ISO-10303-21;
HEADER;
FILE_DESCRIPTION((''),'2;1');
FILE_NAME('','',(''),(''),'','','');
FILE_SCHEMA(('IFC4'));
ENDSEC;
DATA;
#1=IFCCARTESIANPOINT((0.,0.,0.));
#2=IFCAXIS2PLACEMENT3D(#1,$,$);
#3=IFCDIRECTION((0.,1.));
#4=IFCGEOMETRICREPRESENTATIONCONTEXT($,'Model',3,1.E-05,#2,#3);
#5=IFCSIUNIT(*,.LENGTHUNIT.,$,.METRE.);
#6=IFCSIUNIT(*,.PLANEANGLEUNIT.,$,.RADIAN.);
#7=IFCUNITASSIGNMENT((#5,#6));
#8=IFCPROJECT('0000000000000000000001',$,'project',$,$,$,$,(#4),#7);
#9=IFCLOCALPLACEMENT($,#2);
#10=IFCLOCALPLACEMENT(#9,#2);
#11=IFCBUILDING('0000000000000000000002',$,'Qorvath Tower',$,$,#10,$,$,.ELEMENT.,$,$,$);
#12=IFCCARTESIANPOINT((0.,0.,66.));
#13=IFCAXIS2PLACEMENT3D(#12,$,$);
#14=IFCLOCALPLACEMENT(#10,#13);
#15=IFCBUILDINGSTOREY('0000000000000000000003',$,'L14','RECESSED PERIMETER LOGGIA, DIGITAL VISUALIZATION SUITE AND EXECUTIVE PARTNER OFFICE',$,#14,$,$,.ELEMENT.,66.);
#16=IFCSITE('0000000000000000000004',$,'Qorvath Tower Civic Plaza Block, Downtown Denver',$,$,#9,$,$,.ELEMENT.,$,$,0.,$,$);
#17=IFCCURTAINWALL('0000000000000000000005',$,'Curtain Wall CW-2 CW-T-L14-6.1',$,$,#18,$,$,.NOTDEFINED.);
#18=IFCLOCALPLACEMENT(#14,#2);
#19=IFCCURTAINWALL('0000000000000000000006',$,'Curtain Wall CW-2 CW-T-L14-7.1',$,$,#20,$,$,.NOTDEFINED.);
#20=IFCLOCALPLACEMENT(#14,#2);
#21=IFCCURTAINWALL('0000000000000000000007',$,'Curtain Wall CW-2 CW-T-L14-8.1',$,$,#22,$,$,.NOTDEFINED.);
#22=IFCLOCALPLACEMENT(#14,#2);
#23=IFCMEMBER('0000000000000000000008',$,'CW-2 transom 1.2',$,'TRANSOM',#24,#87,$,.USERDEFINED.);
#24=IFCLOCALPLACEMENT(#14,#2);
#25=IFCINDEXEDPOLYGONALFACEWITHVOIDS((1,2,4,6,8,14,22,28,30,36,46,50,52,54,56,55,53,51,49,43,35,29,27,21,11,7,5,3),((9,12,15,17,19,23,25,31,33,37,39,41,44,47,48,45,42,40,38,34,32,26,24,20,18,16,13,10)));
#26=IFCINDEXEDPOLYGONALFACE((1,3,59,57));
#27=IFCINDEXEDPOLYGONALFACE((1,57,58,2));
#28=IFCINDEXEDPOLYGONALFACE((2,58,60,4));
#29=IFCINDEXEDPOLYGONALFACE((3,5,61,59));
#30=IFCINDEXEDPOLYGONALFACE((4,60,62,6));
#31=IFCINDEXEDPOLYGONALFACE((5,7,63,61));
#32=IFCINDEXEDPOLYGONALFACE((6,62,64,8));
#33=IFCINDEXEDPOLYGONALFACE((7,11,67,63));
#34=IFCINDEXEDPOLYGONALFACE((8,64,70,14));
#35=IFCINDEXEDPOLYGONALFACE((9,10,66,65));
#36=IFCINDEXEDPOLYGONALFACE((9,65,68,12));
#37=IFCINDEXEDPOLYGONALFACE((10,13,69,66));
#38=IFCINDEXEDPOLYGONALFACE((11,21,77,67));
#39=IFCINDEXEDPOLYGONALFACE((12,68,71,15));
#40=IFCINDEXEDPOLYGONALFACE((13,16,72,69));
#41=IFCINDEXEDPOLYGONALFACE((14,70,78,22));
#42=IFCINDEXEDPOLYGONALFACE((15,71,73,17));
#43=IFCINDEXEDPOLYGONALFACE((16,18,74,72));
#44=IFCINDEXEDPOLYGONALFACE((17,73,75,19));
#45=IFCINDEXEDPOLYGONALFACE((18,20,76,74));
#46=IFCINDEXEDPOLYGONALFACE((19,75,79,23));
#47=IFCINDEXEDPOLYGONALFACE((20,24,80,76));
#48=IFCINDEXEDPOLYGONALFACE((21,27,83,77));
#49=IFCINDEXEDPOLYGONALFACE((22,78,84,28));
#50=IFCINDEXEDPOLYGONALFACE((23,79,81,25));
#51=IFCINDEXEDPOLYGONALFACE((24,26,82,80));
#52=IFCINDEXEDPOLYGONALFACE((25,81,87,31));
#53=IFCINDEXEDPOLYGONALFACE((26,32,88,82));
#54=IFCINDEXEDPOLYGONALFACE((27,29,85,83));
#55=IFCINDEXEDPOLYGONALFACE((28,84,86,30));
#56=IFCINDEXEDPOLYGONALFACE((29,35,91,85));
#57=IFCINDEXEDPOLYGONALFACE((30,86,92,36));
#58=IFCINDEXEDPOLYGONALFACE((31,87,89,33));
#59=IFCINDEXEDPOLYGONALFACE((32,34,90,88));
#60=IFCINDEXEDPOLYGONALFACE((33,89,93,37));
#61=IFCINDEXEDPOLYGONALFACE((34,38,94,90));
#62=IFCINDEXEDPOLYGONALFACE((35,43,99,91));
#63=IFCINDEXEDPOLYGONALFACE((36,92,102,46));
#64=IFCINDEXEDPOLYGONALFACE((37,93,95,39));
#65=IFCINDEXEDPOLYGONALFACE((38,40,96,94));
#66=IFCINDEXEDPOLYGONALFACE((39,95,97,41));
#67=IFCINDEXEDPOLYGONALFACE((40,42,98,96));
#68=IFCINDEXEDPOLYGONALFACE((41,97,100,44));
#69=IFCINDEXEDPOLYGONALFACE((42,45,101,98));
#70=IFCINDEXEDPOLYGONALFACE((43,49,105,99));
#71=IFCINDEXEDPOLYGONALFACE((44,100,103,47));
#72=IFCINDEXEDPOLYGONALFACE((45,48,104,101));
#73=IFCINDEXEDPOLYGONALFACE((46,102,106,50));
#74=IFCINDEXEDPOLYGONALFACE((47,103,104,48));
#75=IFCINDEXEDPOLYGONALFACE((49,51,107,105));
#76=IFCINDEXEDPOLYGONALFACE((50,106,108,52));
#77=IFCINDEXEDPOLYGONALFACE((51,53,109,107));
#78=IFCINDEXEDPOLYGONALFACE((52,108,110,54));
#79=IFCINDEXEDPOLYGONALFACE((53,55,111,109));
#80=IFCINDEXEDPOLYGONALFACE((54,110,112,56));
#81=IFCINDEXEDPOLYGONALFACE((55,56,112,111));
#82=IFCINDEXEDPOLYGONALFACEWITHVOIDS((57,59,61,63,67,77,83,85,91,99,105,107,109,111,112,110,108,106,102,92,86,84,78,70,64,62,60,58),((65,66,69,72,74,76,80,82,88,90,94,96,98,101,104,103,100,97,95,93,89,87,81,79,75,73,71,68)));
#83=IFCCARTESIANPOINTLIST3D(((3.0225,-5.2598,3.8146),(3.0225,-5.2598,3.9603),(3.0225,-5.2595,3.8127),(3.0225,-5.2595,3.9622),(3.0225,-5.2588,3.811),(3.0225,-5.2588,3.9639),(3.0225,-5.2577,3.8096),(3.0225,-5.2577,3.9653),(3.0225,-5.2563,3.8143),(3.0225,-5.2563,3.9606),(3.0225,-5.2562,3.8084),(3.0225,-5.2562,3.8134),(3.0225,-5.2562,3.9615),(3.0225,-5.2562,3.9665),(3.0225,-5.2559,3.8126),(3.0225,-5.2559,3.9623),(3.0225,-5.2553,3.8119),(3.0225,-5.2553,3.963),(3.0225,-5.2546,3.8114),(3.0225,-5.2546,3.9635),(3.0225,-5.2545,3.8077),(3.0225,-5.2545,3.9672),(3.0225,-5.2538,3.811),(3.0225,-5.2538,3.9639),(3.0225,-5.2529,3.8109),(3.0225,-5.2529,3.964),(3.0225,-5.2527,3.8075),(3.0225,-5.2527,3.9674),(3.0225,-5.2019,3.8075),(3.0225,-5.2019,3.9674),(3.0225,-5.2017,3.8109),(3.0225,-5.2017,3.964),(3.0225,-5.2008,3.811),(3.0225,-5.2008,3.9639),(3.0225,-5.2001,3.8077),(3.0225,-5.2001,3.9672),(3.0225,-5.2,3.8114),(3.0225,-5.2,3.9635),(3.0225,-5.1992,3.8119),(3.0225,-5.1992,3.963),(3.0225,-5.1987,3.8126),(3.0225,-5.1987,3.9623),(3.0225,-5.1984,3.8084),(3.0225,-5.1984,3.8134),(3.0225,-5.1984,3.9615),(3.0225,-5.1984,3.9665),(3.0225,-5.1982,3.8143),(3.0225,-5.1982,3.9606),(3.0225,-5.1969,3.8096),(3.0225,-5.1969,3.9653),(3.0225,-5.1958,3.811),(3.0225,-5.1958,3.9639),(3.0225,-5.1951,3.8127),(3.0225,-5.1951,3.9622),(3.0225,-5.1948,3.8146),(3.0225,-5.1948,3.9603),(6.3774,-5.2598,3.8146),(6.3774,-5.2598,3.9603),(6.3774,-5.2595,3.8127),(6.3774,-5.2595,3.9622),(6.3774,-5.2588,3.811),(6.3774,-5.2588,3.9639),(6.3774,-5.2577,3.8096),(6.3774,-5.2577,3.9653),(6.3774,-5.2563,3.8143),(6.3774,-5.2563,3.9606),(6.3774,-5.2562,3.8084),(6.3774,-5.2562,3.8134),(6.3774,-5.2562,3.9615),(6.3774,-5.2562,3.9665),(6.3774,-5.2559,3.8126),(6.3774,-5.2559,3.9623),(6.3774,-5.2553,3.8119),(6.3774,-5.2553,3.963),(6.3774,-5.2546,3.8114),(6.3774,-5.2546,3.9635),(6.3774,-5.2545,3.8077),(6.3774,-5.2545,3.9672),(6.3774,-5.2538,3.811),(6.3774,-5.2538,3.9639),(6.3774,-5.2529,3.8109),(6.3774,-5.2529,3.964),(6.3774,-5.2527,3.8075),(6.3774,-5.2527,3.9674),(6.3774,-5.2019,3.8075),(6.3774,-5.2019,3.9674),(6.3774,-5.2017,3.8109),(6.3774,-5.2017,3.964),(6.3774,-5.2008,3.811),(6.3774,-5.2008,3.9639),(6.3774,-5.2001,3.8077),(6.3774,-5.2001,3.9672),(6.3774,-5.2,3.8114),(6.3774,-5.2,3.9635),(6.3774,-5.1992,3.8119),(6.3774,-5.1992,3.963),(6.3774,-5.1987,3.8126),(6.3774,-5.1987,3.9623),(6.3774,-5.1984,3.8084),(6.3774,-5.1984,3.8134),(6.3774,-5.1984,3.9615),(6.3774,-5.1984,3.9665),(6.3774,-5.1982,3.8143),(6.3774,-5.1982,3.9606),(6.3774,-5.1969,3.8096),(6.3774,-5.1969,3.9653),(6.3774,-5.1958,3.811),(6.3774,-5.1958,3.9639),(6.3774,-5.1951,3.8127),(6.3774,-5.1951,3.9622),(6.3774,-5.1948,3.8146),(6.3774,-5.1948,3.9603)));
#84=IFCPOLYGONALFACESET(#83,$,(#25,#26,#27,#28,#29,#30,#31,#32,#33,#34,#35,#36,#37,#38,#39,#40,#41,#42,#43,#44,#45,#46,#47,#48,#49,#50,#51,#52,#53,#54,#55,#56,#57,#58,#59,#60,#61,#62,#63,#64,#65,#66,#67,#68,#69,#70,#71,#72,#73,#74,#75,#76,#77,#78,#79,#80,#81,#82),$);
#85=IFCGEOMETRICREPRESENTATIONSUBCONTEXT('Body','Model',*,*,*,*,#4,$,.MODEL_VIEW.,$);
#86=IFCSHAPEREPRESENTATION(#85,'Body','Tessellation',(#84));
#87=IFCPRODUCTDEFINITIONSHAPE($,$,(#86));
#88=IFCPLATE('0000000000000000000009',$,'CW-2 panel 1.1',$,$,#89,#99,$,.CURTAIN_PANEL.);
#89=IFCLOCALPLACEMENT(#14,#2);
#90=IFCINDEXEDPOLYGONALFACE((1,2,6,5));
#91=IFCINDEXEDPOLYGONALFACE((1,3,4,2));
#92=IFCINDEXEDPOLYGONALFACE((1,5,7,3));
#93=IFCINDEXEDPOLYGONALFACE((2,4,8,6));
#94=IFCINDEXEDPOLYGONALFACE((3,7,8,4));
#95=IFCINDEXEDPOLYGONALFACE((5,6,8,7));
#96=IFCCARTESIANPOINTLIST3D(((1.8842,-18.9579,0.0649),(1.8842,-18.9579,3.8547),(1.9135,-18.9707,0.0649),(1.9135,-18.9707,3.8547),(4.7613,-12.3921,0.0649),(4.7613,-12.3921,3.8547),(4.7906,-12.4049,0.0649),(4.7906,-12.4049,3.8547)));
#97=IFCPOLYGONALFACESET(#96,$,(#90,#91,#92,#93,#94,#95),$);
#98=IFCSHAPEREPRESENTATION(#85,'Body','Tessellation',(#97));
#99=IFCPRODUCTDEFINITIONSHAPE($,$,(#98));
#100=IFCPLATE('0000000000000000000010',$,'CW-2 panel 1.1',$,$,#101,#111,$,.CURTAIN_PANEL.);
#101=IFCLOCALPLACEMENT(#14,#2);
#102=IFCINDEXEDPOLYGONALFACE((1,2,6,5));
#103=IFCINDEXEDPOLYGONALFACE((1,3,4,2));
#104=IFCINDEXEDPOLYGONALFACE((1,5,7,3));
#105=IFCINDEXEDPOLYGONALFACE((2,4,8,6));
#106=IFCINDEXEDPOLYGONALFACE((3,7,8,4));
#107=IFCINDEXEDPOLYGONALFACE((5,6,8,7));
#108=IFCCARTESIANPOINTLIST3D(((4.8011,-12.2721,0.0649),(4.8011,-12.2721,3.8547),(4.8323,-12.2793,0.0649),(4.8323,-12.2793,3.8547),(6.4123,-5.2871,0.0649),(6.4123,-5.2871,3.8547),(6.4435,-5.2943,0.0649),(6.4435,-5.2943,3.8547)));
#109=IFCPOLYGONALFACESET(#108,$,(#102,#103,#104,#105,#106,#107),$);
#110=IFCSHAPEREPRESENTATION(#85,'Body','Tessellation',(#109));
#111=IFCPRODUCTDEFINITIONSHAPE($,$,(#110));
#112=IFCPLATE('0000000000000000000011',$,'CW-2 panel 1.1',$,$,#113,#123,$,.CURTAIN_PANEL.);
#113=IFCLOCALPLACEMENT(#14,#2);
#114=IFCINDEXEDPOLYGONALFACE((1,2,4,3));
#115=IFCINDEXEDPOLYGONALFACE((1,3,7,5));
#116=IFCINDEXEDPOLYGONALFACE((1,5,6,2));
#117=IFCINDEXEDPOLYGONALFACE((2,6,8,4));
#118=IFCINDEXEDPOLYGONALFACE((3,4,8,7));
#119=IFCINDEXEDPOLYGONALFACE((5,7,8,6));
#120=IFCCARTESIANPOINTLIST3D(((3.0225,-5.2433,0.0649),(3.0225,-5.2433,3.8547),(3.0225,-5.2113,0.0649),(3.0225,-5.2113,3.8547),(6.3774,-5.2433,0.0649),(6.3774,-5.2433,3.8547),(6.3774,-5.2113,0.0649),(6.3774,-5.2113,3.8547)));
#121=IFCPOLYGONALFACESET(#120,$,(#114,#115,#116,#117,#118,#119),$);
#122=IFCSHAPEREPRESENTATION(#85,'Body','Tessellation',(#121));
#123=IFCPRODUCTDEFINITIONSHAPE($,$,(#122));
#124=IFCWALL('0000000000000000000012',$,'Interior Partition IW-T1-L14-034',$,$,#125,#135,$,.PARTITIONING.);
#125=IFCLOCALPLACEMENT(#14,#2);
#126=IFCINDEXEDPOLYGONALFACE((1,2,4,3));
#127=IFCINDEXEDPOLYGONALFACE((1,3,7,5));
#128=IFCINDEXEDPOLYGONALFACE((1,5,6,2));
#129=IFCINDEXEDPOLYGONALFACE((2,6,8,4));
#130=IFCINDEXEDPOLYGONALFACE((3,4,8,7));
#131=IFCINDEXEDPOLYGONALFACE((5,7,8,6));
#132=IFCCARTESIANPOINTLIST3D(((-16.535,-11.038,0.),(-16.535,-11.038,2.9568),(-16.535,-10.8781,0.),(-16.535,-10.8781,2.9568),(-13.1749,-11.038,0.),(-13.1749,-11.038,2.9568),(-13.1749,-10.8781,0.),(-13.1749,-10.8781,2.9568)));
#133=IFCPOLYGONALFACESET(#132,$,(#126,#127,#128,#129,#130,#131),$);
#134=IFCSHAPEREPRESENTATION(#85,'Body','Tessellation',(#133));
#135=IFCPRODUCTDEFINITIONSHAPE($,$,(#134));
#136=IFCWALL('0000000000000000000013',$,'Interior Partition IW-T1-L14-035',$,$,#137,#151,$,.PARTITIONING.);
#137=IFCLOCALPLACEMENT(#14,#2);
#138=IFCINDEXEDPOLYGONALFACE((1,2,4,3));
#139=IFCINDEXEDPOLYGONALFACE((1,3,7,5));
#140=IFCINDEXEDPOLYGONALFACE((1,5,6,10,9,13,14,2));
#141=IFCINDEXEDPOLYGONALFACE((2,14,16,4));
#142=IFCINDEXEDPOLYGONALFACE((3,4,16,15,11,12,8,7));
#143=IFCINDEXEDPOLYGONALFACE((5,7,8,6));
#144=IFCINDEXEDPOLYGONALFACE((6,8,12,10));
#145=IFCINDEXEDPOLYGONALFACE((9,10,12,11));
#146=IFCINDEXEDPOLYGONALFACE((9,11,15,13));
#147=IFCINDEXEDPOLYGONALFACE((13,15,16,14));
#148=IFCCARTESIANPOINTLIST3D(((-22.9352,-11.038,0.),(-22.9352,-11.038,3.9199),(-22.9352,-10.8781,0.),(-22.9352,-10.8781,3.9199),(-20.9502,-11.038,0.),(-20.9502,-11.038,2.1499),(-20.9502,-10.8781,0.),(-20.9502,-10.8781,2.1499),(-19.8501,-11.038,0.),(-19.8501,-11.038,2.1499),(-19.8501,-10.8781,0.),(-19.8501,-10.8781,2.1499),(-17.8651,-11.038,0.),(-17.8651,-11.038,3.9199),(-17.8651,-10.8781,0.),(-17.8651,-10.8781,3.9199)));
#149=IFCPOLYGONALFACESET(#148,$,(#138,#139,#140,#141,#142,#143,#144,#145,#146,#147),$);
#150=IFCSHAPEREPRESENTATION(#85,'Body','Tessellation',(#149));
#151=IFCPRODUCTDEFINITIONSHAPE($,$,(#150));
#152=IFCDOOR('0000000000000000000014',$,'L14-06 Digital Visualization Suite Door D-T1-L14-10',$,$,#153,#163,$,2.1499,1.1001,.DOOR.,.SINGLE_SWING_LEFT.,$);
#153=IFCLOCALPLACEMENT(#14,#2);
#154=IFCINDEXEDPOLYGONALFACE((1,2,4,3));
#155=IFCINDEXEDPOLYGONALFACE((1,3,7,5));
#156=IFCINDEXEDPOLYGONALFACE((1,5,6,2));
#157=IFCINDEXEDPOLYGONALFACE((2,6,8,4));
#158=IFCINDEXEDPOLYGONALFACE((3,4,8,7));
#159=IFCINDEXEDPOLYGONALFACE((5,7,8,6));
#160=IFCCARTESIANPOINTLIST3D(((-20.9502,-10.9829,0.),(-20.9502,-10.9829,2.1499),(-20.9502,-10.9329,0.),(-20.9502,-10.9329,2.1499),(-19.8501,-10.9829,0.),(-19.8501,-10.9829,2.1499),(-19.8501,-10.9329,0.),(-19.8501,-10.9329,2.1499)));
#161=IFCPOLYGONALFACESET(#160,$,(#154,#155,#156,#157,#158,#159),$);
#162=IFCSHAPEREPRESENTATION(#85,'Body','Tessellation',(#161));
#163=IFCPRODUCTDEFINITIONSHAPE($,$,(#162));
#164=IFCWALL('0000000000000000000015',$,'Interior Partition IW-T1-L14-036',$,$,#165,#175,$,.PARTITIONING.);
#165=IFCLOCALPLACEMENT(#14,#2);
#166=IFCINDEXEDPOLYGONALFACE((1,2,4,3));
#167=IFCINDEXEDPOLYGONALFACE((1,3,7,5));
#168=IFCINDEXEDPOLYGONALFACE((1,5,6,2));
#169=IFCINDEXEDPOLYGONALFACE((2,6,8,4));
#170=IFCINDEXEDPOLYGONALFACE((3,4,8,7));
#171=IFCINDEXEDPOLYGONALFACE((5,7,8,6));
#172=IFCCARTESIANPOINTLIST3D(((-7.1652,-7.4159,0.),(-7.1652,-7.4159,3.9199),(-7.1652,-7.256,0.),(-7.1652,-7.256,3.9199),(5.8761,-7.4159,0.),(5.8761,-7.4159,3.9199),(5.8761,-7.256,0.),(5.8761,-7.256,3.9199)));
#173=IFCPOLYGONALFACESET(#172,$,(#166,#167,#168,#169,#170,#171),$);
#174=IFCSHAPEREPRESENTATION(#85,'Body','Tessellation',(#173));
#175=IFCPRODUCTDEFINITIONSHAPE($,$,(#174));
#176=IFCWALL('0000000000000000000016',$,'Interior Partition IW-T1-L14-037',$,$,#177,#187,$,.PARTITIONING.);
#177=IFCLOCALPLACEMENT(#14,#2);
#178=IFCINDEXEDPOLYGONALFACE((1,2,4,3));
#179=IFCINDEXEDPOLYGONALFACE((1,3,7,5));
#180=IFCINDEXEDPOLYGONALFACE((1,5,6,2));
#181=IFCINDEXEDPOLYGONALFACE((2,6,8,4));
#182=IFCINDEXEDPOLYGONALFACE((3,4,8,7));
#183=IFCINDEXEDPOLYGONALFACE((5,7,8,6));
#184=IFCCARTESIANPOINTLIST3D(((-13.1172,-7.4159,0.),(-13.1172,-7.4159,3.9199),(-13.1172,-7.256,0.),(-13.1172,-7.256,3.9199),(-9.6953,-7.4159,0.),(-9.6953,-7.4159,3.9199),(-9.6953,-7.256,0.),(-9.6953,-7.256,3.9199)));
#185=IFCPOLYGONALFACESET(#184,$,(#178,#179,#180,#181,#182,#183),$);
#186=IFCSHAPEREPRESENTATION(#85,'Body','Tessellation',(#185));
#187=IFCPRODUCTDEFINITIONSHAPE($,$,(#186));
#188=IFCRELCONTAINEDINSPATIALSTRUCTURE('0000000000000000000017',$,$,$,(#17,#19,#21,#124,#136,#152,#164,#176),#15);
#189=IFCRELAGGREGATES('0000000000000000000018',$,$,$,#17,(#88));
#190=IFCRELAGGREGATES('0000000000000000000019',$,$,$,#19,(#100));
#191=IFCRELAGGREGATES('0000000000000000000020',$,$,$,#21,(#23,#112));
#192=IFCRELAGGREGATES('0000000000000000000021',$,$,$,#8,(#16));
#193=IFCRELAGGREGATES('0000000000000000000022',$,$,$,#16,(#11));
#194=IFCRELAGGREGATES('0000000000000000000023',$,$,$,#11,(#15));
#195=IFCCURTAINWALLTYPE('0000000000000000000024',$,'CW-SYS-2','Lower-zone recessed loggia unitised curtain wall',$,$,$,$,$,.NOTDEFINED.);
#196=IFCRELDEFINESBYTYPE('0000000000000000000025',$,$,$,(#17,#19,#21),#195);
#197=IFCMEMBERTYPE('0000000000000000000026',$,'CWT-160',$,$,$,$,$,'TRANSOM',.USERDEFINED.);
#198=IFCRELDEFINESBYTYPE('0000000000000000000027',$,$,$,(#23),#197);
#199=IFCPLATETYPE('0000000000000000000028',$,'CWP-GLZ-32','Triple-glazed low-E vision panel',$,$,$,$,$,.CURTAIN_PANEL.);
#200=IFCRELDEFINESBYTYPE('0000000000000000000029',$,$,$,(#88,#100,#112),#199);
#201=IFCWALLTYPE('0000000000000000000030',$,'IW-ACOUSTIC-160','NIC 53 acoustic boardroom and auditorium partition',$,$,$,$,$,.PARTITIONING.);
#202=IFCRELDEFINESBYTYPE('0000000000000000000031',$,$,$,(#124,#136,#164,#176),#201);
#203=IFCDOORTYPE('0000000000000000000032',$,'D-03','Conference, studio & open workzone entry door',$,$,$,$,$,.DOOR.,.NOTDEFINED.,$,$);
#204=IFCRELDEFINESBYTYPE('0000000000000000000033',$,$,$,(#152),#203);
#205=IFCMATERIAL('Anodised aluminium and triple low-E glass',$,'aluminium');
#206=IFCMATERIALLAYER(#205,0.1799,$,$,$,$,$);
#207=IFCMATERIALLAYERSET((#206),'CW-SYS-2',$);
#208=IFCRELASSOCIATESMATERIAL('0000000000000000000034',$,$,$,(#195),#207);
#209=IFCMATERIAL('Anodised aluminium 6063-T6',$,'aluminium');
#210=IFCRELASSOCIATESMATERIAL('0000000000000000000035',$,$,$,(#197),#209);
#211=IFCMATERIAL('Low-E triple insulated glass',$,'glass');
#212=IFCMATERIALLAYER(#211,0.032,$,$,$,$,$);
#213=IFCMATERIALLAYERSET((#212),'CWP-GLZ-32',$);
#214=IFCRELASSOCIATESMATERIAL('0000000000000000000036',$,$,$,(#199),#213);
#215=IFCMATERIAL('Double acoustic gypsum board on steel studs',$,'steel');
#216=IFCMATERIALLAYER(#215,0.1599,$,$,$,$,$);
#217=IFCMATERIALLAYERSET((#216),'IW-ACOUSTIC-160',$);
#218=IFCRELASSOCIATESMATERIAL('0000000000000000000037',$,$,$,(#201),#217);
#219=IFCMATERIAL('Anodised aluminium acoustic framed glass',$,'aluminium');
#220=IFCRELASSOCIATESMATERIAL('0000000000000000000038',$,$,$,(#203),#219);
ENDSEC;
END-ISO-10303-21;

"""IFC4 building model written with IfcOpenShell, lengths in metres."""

from ifc_helpers import new_model, si_unit, direction, frame, frame_2d, origin, origin_2d, place, context, subcontext, project, spatial, rectangle, hollow_rectangle, extrude, material, layer, layer_set, material_profile, profile_set, type_object, element, fill, aggregate, save


model = new_model("IFC4")

# Units and contexts
model_context = context("Model", 3, precision=1e-05, world=origin(), true_north=direction((0.0, 1.0)))
body_context = subcontext(model_context, "Body", "Model", "MODEL_VIEW")
ifc_project = project(units=[si_unit("LENGTHUNIT", "METRE"), si_unit("PLANEANGLEUNIT", "RADIAN")], contexts=[model_context])

# Site, building, storey
site_placement = place(None, origin())
site = spatial("IfcSite", under=ifc_project, at=site_placement, Name="Qorvath Tower Civic Plaza Block, Downtown Denver", CompositionType="ELEMENT", RefElevation=0.0)
building_placement = place(site_placement, origin())
building = spatial("IfcBuilding", under=site, at=building_placement, Name="Qorvath Tower", CompositionType="ELEMENT")
storey_placement = place(building_placement, frame((0.0, 0.0, 66.0)))
storey = spatial("IfcBuildingStorey", under=building, at=storey_placement, Name="L14", Description="RECESSED PERIMETER LOGGIA, DIGITAL VISUALIZATION SUITE AND EXECUTIVE PARTNER OFFICE", CompositionType="ELEMENT", Elevation=66.0)

# Curtain wall
ifc_material_1 = material(Name="Anodised aluminium and triple low-E glass", Category="aluminium")
ifc_layer_1 = layer(ifc_material_1, 0.1799)
ifc_layer_set_1 = layer_set([ifc_layer_1], Name="CW-SYS-2")
curtain_wall_type = type_object("IfcCurtainWallType", Name="CW-SYS-2", Description="Lower-zone recessed loggia unitised curtain wall", PredefinedType="NOTDEFINED", material=ifc_layer_set_1)
curtain_wall_1_placement = place(storey_placement, origin())
curtain_wall_1 = element("IfcCurtainWall", 1, at=curtain_wall_1_placement, inside=storey, type_object=curtain_wall_type, Name="Curtain Wall CW-2 CW-T-L14-6.1", PredefinedType="NOTDEFINED")

# Curtain walls
curtain_wall_2_placement = place(storey_placement, origin())
curtain_wall_2 = element("IfcCurtainWall", 2, at=curtain_wall_2_placement, inside=storey, type_object=curtain_wall_type, Name="Curtain Wall CW-2 CW-T-L14-7.1", PredefinedType="NOTDEFINED")
curtain_wall_3_placement = place(storey_placement, origin())
curtain_wall_3 = element("IfcCurtainWall", 3, at=curtain_wall_3_placement, inside=storey, type_object=curtain_wall_type, Name="Curtain Wall CW-2 CW-T-L14-8.1", PredefinedType="NOTDEFINED")

# Member
ifc_material_2 = material(Name="Anodised aluminium 6063-T6", Category="aluminium")
ifc_material_profile_1 = material_profile(ifc_material_2, hollow_rectangle(XDim=0.0649, YDim=0.1599, WallThickness=0.0034, InnerFilletRadius=0.0034, OuterFilletRadius=0.0071, at=origin_2d()), Name="CWT 160x65")
ifc_profile_set_1 = profile_set([ifc_material_profile_1], Name="Anodised aluminium 6063-T6")
member_type_1 = type_object("IfcMemberType", Name="CWT-160", ElementType="TRANSOM", PredefinedType="USERDEFINED", material=ifc_profile_set_1)
member_1_placement = place(storey_placement, frame((6.3774, -5.2273, 3.8875), z_axis=(-1.0, 0.0, 0.0), x_axis=(0.0, -1.0, 0.0)))
member_1 = element("IfcMember", 4, at=member_1_placement, type_object=member_type_1, Name="CW-2 transom 1.2", ObjectType="TRANSOM", PredefinedType="USERDEFINED", context=body_context, shape_type="SweptSolid", body=[
    extrude(hollow_rectangle(XDim=0.0649, YDim=0.1599, WallThickness=0.0034, InnerFilletRadius=0.0034, OuterFilletRadius=0.0071, at=origin_2d()), origin(), (0.0, 0.0, 1.0), 3.355),
])

# Plates
ifc_material_3 = material(Name="Low-E triple insulated glass", Category="glass")
ifc_layer_2 = layer(ifc_material_3, 0.032)
ifc_layer_set_2 = layer_set([ifc_layer_2], Name="CWP-GLZ-32")
plate_type = type_object("IfcPlateType", Name="CWP-GLZ-32", Description="Triple-glazed low-E vision panel", PredefinedType="CURTAIN_PANEL", material=ifc_layer_set_2)
plate_1_placement = place(storey_placement, frame((3.3374, -15.6814, 0.0649), z_axis=(0.0, 0.0, 1.0), x_axis=(0.401348, 0.915926, 0.0)))
plate_1 = element("IfcPlate", 5, at=plate_1_placement, type_object=plate_type, Name="CW-2 panel 1.1", PredefinedType="CURTAIN_PANEL", context=body_context, shape_type="SweptSolid", body=[
    extrude(rectangle(XDim=7.1685, YDim=0.032, at=origin_2d()), origin(), (0.0, 0.0, 1.0), 3.7898),
])
aggregate(curtain_wall_1, [plate_1])
plate_2_placement = place(storey_placement, frame((5.6223, -8.7832, 0.0649), z_axis=(0.0, 0.0, 1.0), x_axis=(0.224763, 0.974413, 0.0)))
plate_2 = element("IfcPlate", 6, at=plate_2_placement, type_object=plate_type, Name="CW-2 panel 1.1", PredefinedType="CURTAIN_PANEL", context=body_context, shape_type="SweptSolid", body=[
    extrude(rectangle(XDim=7.1685, YDim=0.032, at=origin_2d()), origin(), (0.0, 0.0, 1.0), 3.7898),
])
aggregate(curtain_wall_2, [plate_2])
plate_3_placement = place(storey_placement, frame((4.7, -5.2273, 0.0649), z_axis=(0.0, 0.0, 1.0), x_axis=(-1.0, 0.0, 0.0)))
plate_3 = element("IfcPlate", 7, at=plate_3_placement, type_object=plate_type, Name="CW-2 panel 1.1", PredefinedType="CURTAIN_PANEL", context=body_context, shape_type="SweptSolid", body=[
    extrude(rectangle(XDim=3.355, YDim=0.032, at=origin_2d()), origin(), (0.0, 0.0, 1.0), 3.7898),
])
aggregate(curtain_wall_3, [member_1, plate_3])

# Wall
ifc_material_4 = material(Name="Double acoustic gypsum board on steel studs", Category="steel")
ifc_layer_3 = layer(ifc_material_4, 0.1599)
ifc_layer_set_3 = layer_set([ifc_layer_3], Name="IW-ACOUSTIC-160")
wall_type_1 = type_object("IfcWallType", Name="IW-ACOUSTIC-160", Description="NIC 53 acoustic boardroom and auditorium partition", PredefinedType="PARTITIONING", material=ifc_layer_set_3)
wall_1_placement = place(storey_placement, frame((-13.1748, -10.958, 0.0), z_axis=(0.0, 0.0, 1.0), x_axis=(-1.0, 0.0, 0.0)))
element("IfcWall", 8, at=wall_1_placement, inside=storey, type_object=wall_type_1, Name="Interior Partition IW-T1-L14-034", PredefinedType="PARTITIONING", context=body_context, shape_type="SweptSolid", body=[
    extrude(rectangle(XDim=3.3601, YDim=0.1599, at=frame_2d((1.6802, 0.0))), origin(), (0.0, 0.0, 1.0), 2.9568),
])

# Wall, opening, door
wall_2_placement = place(storey_placement, frame((-17.865, -10.958, 0.0), z_axis=(0.0, 0.0, 1.0), x_axis=(-1.0, 0.0, 0.0)))
wall_2 = element("IfcWall", 9, at=wall_2_placement, inside=storey, type_object=wall_type_1, Name="Interior Partition IW-T1-L14-035", PredefinedType="PARTITIONING", context=body_context, shape_type="SweptSolid", body=[
    extrude(rectangle(XDim=5.0701, YDim=0.1599, at=frame_2d((2.5352, 0.0))), origin(), (0.0, 0.0, 1.0), 3.9199),
])
opening_1_placement = place(wall_2_placement, frame((1.9851, 0.0, 0.0)))
opening_1 = element("IfcOpeningElement", 10, at=opening_1_placement, cuts=wall_2, PredefinedType="OPENING", context=body_context, shape_type="SweptSolid", body=[
    extrude(rectangle(XDim=1.1001, YDim=2.1499, at=frame_2d((0.55, 1.075))), frame((0.0, 0.0898, 0.0), z_axis=(0.0, -1.0, 0.0), x_axis=(1.0, 0.0, 0.0)), (0.0, 0.0, 1.0), 0.1799),
])
ifc_material_5 = material(Name="Anodised aluminium acoustic framed glass", Category="aluminium")
door_type = type_object("IfcDoorType", Name="D-03", Description="Conference, studio & open workzone entry door", OperationType="NOTDEFINED", PredefinedType="DOOR", material=ifc_material_5)
door_1_placement = place(opening_1_placement, origin())
door_1 = element("IfcDoor", 11, at=door_1_placement, inside=storey, type_object=door_type, Name="L14-06 Digital Visualization Suite Door D-T1-L14-10", OperationType="SINGLE_SWING_LEFT", OverallHeight=2.1499, OverallWidth=1.1001, PredefinedType="DOOR", context=body_context, shape_type="SweptSolid", body=[
    extrude(rectangle(XDim=1.1001, YDim=2.1499, at=frame_2d((0.55, 1.075))), frame((0.0, 0.0249, 0.0), z_axis=(0.0, -1.0, 0.0), x_axis=(1.0, 0.0, 0.0)), (0.0, 0.0, 1.0), 0.05),
])
fill(opening_1, door_1)

# Walls
wall_3_placement = place(storey_placement, frame((5.876, -7.3359, 0.0), z_axis=(0.0, 0.0, 1.0), x_axis=(-1.0, 0.0, 0.0)))
element("IfcWall", 12, at=wall_3_placement, inside=storey, type_object=wall_type_1, Name="Interior Partition IW-T1-L14-036", PredefinedType="PARTITIONING", context=body_context, shape_type="SweptSolid", body=[
    extrude(rectangle(XDim=13.0413, YDim=0.1599, at=frame_2d((6.5205, 0.0))), origin(), (0.0, 0.0, 1.0), 3.9199),
])
wall_4_placement = place(storey_placement, frame((-9.6953, -7.3359, 0.0), z_axis=(0.0, 0.0, 1.0), x_axis=(-1.0, 0.0, 0.0)))
element("IfcWall", 13, at=wall_4_placement, inside=storey, type_object=wall_type_1, Name="Interior Partition IW-T1-L14-037", PredefinedType="PARTITIONING", context=body_context, shape_type="SweptSolid", body=[
    extrude(rectangle(XDim=3.4219, YDim=0.1599, at=frame_2d((1.7109, 0.0))), origin(), (0.0, 0.0, 1.0), 3.9199),
])

save(model, "model.ifc")
